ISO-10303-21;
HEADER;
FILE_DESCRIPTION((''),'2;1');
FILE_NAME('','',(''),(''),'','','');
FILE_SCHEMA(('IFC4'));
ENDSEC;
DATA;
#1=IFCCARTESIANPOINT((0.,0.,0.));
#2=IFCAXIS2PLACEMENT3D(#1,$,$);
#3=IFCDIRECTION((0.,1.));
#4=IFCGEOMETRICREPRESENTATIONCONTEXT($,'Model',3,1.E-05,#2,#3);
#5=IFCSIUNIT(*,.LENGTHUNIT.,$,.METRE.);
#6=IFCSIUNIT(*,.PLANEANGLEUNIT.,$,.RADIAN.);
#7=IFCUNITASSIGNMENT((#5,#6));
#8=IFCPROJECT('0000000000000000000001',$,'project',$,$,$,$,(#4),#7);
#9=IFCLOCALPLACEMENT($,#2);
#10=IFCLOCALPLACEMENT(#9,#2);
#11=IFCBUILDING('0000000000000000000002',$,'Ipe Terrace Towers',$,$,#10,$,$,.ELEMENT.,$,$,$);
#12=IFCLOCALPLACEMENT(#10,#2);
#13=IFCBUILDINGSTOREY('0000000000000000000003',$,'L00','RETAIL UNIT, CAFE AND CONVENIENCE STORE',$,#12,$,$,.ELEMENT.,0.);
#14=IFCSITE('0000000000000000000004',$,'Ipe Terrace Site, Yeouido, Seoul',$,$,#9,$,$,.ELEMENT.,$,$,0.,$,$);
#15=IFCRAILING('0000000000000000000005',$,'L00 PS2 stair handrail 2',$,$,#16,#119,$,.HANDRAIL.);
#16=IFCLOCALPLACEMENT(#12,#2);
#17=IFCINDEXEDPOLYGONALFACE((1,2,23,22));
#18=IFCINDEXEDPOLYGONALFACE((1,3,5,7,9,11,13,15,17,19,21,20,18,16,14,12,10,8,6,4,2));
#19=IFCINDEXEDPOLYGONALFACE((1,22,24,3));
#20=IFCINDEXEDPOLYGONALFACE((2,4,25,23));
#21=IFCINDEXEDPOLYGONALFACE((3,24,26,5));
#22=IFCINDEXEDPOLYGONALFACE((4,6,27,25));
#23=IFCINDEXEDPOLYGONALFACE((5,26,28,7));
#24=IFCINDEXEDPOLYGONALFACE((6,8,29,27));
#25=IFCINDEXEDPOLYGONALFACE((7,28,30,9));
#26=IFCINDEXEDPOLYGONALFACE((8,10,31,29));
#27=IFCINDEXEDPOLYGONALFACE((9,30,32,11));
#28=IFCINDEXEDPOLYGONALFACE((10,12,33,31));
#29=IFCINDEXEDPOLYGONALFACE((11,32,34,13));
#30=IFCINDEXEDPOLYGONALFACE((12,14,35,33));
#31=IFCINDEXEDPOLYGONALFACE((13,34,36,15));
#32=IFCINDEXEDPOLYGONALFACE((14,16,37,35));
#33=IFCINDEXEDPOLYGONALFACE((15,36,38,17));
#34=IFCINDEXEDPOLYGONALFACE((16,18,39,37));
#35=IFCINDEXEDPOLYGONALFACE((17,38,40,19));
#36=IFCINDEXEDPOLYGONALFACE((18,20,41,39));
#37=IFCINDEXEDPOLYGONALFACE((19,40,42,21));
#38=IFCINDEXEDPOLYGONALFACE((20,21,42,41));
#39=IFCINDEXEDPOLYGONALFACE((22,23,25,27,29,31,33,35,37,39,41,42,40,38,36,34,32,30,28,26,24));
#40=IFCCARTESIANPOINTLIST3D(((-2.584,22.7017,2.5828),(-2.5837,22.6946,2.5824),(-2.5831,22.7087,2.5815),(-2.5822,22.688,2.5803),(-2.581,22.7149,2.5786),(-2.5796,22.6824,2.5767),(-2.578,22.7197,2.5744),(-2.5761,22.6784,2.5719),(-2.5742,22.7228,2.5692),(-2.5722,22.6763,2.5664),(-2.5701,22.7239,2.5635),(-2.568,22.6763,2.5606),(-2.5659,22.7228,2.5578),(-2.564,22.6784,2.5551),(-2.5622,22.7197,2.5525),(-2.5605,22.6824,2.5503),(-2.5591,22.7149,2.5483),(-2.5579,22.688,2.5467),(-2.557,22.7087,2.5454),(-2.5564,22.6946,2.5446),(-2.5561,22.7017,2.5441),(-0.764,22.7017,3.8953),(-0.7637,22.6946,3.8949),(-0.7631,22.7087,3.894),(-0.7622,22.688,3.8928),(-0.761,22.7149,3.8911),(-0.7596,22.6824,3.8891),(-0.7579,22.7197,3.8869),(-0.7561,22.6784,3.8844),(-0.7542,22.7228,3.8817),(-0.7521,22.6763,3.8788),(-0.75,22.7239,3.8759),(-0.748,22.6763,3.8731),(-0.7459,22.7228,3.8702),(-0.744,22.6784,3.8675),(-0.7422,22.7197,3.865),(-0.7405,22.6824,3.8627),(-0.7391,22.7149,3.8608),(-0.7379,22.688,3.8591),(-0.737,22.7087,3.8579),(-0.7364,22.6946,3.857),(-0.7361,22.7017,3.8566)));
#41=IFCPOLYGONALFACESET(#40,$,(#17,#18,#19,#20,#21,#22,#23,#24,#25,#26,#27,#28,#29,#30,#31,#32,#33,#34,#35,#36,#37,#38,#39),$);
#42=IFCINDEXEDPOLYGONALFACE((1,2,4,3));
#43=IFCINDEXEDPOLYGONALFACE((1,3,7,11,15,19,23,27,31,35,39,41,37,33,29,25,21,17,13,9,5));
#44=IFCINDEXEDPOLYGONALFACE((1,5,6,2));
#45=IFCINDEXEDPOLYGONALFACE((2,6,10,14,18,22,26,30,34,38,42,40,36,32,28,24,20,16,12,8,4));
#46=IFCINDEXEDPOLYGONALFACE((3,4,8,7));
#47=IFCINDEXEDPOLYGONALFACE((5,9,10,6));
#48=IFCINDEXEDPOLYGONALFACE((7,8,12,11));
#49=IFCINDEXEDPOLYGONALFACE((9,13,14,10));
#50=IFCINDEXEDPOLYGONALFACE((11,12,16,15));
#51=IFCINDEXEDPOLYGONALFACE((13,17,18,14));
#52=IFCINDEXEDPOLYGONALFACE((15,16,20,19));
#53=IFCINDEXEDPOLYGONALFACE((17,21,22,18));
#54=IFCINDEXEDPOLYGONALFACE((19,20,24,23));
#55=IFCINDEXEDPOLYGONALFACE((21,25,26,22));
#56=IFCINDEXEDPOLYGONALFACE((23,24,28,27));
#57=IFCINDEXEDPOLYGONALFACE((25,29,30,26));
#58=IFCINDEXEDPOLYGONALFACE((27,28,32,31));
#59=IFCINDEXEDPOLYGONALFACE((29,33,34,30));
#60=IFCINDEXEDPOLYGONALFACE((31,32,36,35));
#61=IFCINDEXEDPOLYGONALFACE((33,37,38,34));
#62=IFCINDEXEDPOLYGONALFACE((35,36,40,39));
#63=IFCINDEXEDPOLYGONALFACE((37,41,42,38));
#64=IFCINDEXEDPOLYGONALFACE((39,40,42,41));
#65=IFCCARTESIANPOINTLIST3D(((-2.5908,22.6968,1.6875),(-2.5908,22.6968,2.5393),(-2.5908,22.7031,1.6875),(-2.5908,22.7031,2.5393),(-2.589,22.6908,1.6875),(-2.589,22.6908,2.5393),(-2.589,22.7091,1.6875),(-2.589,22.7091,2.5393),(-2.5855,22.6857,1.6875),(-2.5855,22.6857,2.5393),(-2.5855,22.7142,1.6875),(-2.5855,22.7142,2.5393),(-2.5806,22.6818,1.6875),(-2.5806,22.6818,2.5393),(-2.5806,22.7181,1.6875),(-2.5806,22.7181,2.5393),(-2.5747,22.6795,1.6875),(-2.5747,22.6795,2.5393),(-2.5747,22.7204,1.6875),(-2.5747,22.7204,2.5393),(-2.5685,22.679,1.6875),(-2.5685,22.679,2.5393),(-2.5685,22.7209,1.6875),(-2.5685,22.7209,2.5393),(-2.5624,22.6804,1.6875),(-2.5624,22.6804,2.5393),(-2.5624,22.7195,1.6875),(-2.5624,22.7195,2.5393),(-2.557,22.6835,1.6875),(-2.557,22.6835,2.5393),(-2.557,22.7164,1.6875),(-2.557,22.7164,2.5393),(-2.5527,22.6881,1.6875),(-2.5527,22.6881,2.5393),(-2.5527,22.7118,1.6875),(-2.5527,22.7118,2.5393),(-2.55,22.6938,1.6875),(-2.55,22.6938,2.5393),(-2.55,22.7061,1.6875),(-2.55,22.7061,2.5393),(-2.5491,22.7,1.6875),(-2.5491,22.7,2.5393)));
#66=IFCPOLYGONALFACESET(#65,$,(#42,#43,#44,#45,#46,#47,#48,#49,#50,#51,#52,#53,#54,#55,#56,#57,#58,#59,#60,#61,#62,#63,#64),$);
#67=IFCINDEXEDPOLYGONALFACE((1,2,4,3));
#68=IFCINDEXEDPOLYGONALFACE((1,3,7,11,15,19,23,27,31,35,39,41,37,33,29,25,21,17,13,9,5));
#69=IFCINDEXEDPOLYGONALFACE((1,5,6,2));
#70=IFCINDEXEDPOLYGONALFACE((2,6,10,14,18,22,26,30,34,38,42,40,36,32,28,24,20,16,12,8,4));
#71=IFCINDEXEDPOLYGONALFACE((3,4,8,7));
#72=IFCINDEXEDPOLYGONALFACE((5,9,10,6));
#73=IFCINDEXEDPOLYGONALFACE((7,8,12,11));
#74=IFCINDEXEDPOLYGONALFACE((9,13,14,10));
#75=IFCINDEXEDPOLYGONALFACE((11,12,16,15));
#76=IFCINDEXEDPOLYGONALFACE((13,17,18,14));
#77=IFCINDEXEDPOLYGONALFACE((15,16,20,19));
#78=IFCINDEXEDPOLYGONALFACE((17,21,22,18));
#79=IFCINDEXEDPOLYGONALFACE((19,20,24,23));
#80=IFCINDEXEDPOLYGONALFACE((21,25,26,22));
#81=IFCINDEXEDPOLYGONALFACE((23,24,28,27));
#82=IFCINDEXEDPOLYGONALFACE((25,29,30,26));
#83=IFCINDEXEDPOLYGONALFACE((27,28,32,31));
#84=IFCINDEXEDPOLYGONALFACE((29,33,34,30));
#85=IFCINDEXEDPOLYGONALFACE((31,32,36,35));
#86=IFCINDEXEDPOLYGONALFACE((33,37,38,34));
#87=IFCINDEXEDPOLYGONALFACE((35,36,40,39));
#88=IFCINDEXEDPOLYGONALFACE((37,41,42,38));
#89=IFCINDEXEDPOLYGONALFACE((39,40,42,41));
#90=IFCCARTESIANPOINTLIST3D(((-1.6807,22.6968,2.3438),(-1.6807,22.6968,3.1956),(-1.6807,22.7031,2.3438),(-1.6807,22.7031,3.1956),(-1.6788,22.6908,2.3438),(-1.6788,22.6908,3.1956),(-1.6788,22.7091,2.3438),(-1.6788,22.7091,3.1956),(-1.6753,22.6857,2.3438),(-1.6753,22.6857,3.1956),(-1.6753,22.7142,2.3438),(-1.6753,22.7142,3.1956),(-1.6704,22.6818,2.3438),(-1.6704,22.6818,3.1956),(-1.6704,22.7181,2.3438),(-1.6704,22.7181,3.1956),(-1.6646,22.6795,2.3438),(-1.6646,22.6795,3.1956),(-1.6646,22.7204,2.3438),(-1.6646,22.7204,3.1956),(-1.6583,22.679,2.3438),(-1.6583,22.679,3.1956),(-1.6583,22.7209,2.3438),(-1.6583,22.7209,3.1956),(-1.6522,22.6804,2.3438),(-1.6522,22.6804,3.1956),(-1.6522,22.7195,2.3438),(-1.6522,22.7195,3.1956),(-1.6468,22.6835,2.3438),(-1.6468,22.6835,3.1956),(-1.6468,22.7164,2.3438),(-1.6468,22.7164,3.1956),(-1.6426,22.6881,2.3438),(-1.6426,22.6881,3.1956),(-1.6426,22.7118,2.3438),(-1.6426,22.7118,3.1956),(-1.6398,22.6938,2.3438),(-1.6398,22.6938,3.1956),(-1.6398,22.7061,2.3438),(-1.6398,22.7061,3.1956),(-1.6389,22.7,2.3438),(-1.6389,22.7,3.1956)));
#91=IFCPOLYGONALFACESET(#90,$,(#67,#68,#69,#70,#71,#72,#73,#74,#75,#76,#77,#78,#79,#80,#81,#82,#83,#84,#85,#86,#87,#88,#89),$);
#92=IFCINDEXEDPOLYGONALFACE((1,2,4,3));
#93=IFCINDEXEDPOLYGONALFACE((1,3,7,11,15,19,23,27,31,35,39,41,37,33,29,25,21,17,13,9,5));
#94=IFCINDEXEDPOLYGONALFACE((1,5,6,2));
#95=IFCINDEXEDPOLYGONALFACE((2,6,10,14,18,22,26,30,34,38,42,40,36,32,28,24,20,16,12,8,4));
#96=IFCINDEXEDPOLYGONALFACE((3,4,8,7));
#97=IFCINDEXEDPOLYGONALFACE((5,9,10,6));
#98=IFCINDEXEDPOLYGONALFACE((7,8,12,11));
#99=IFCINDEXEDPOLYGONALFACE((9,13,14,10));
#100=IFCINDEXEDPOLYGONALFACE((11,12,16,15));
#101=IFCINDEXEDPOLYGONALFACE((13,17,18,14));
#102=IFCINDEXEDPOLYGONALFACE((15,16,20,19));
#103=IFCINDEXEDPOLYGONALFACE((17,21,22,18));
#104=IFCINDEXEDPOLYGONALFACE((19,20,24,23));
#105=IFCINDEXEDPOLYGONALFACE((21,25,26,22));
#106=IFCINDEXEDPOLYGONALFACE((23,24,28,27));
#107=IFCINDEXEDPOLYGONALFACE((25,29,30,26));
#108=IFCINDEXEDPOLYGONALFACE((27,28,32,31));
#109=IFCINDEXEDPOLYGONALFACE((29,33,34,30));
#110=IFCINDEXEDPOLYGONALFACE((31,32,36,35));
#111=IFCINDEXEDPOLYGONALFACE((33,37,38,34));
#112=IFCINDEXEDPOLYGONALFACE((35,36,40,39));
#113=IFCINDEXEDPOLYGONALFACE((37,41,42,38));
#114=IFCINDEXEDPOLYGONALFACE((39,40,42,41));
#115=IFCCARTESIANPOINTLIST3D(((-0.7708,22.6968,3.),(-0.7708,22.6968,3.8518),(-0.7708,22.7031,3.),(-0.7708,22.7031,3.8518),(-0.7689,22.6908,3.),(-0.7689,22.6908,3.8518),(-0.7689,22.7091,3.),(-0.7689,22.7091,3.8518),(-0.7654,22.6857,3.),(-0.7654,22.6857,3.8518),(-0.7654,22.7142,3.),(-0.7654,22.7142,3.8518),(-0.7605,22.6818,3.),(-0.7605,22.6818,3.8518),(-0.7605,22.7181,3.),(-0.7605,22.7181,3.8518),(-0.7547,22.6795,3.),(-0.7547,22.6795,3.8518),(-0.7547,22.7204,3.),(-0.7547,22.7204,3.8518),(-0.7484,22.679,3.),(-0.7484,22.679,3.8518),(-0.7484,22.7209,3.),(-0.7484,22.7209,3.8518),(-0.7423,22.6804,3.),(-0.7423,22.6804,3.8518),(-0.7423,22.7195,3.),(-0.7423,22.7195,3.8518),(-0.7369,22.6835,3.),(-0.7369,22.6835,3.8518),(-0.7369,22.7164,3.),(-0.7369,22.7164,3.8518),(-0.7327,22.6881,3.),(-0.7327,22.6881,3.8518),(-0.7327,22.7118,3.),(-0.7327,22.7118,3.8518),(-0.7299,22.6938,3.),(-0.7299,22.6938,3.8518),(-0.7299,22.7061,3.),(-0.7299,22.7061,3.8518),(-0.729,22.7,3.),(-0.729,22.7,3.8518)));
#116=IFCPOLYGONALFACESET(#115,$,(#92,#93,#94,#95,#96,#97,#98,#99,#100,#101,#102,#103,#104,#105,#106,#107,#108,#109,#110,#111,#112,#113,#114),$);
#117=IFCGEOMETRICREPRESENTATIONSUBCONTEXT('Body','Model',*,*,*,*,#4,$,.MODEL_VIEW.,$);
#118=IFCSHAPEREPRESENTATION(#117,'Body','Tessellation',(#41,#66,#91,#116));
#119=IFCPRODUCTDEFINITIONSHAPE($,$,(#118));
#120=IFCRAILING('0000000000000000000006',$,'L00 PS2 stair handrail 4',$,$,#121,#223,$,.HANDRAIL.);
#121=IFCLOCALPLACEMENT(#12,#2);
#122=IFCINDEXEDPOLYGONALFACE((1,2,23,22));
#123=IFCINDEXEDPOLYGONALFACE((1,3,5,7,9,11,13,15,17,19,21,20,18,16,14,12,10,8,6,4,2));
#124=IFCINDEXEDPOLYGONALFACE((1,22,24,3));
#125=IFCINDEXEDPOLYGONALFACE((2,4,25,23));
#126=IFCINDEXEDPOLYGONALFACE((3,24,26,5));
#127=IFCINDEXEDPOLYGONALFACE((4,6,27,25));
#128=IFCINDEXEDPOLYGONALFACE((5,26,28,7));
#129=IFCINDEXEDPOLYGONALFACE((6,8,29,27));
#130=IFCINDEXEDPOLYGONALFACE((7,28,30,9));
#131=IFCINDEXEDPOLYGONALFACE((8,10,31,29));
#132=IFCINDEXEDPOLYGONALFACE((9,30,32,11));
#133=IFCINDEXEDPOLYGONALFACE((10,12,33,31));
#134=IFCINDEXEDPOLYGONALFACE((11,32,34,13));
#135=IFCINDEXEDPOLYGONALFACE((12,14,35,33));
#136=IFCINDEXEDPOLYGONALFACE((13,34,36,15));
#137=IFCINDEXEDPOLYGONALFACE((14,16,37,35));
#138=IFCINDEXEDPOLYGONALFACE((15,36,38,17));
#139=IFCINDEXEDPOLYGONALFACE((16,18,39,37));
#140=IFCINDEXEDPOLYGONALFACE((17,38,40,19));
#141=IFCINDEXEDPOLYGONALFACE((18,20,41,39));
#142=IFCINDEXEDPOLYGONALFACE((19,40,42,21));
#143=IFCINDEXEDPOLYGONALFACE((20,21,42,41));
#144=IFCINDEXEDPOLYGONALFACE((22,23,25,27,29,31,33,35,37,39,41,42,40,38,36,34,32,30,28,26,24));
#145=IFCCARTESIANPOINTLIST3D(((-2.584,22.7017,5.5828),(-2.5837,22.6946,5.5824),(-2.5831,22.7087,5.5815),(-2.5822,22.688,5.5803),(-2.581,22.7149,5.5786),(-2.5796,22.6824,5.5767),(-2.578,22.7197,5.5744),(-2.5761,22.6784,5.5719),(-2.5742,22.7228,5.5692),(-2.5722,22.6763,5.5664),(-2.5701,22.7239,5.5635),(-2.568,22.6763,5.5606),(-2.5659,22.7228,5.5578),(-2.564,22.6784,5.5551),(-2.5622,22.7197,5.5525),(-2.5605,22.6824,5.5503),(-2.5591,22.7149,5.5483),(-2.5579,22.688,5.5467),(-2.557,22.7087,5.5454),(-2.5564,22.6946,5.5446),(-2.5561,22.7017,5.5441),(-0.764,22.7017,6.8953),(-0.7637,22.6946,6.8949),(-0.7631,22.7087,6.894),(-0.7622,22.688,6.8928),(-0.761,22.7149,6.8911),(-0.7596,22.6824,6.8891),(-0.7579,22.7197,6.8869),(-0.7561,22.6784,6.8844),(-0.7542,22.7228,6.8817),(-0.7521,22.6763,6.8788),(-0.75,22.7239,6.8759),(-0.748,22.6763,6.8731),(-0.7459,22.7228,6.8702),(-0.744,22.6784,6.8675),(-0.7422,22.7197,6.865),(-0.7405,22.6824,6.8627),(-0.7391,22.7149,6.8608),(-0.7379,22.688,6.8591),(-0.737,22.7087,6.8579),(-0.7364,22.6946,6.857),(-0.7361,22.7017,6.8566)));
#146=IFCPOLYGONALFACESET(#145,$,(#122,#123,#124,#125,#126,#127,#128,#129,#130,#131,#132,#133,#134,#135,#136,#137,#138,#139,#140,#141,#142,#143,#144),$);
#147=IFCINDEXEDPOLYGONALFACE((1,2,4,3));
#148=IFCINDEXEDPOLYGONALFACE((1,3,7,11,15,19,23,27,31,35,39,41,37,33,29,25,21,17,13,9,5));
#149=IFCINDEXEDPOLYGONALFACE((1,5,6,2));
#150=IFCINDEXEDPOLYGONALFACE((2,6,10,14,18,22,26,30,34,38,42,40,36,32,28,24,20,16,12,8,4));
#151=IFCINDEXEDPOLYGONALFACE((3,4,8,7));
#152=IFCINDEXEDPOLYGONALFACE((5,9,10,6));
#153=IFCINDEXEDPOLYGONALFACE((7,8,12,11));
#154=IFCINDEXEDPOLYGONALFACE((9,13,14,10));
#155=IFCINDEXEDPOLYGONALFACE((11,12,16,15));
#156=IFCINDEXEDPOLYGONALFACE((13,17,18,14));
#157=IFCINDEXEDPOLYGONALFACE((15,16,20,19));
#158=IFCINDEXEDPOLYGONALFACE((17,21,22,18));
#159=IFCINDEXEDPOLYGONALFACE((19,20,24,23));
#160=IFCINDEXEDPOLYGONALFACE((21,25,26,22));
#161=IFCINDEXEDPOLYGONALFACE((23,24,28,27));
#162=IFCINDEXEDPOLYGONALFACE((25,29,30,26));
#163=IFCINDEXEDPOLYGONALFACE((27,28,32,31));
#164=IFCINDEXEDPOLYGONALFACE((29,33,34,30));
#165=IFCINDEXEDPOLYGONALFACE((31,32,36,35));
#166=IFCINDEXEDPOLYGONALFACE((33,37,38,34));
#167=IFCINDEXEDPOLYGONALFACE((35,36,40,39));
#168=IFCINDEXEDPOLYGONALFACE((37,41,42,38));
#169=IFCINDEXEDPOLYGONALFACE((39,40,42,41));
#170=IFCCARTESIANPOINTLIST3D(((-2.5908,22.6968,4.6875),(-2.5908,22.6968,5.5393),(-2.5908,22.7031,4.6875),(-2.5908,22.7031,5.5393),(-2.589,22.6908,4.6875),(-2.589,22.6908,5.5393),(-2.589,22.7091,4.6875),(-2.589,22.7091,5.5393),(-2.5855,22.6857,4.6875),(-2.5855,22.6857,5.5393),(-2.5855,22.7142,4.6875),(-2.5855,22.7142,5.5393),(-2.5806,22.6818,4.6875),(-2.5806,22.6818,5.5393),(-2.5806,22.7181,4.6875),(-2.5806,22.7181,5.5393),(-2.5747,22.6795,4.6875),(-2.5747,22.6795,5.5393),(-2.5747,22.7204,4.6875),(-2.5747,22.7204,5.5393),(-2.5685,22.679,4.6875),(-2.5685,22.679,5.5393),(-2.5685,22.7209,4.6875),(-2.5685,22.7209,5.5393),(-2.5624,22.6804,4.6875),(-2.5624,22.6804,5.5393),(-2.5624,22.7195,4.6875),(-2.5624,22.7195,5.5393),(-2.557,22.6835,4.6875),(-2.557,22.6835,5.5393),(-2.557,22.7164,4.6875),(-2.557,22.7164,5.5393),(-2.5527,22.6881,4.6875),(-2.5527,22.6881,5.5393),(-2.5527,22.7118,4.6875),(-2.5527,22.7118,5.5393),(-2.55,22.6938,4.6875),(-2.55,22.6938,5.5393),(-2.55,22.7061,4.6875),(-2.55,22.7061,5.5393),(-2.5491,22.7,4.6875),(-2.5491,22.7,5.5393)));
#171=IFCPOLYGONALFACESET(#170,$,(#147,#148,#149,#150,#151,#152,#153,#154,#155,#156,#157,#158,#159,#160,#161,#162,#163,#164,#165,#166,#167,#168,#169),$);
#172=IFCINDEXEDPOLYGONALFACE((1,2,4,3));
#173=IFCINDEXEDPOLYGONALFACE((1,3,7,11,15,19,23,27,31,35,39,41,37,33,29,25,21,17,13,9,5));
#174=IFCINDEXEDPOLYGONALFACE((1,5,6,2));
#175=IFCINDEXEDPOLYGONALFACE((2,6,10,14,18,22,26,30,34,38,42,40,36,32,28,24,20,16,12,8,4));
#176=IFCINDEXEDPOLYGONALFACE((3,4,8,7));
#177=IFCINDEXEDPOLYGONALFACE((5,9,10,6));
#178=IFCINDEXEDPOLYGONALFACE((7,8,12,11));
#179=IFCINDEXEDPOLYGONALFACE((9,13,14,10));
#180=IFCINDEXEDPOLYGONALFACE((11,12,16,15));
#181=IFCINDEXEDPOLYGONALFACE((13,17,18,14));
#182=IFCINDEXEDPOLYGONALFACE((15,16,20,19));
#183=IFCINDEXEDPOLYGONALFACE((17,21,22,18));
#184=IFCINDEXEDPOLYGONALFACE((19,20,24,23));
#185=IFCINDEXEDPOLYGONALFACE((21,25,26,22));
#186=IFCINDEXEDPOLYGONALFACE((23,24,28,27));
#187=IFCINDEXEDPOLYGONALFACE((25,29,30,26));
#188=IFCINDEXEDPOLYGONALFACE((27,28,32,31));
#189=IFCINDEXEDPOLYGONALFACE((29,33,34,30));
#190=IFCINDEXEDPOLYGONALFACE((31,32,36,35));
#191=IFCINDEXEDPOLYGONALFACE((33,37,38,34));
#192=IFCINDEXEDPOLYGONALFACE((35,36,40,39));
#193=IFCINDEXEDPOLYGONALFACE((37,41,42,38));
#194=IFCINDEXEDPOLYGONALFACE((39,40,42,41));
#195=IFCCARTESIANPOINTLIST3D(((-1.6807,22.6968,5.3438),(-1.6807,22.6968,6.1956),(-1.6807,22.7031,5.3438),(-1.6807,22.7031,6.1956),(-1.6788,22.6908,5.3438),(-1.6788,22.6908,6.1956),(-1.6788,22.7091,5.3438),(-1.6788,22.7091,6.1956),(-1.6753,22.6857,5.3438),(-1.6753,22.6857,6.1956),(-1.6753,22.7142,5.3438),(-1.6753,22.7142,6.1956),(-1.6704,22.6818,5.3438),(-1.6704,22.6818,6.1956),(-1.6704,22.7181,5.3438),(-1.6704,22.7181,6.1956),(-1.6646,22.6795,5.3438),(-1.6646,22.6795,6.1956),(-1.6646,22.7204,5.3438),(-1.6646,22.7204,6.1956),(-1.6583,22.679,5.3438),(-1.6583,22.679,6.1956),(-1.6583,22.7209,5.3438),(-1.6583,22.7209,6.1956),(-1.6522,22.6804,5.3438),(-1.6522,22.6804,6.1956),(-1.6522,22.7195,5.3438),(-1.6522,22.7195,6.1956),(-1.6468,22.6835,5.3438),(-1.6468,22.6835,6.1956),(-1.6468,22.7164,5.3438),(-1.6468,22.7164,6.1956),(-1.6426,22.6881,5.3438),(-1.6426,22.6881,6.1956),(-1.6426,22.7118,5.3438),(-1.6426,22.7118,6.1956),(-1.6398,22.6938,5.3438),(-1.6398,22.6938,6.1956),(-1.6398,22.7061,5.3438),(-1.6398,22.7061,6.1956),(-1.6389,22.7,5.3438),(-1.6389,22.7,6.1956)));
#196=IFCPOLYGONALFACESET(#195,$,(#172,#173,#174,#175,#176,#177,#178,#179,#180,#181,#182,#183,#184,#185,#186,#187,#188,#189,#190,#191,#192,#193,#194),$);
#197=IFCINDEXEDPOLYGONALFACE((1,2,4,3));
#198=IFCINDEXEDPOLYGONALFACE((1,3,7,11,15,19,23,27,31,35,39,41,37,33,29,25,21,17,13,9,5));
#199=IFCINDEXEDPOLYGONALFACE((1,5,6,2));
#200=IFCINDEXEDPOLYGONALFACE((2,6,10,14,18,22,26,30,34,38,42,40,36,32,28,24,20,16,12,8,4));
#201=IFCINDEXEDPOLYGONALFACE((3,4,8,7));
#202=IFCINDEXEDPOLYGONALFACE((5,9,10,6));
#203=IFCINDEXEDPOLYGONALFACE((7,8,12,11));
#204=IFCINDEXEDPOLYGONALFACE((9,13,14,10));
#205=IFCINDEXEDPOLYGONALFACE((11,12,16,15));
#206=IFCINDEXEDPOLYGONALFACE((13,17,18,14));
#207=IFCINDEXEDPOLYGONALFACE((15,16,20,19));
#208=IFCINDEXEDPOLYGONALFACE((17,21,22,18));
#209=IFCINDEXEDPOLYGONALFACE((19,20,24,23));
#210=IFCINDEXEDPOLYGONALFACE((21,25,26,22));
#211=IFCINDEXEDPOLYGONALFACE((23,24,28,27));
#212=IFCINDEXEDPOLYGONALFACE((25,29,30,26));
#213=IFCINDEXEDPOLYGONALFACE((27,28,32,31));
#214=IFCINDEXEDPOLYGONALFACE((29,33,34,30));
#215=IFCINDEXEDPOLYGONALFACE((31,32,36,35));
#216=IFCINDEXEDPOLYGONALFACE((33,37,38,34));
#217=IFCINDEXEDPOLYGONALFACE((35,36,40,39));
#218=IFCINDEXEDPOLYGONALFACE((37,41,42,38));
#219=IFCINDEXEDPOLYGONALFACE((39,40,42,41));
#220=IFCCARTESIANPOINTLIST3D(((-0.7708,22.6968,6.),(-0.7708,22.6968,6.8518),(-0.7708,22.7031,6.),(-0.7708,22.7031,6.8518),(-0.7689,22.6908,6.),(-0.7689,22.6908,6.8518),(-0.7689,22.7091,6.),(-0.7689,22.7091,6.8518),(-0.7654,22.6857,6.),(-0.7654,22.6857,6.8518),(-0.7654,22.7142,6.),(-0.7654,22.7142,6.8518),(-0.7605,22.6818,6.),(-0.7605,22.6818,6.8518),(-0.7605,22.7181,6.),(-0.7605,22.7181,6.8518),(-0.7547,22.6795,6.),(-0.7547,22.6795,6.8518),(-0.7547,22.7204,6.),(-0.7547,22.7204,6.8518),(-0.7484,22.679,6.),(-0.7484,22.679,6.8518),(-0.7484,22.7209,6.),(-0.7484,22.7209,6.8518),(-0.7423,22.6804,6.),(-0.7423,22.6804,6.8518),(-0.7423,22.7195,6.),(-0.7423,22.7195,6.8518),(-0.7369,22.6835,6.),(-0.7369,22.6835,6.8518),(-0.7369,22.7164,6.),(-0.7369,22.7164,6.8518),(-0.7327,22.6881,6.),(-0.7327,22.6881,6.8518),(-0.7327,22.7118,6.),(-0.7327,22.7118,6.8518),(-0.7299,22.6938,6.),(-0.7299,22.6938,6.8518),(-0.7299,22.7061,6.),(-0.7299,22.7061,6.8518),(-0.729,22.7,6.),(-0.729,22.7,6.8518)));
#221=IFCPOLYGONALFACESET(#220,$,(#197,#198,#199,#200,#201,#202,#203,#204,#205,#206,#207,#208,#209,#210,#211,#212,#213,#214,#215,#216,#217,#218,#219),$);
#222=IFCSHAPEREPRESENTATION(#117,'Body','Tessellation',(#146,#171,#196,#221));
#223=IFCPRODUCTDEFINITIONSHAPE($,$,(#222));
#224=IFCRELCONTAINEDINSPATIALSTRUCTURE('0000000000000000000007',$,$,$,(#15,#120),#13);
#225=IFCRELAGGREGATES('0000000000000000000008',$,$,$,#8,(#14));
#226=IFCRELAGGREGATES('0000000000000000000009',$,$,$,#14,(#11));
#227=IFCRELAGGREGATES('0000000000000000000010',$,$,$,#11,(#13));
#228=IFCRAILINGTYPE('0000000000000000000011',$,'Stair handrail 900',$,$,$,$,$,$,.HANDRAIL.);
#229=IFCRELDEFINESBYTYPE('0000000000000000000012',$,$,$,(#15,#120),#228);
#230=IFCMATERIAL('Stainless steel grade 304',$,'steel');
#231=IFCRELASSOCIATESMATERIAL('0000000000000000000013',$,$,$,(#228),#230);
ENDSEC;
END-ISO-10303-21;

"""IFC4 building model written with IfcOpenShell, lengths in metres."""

from ifc_helpers import new_model, si_unit, direction, frame, origin, origin_2d, place, context, subcontext, project, spatial, circle, extrude, material, type_object, element, save


model = new_model("IFC4")

# Units and contexts
model_context = context("Model", 3, precision=1e-05, world=origin(), true_north=direction((0.0, 1.0)))
body_context = subcontext(model_context, "Body", "Model", "MODEL_VIEW")
ifc_project = project(units=[si_unit("LENGTHUNIT", "METRE"), si_unit("PLANEANGLEUNIT", "RADIAN")], contexts=[model_context])

# Site, building, storey
site_placement = place(None, origin())
site = spatial("IfcSite", under=ifc_project, at=site_placement, Name="Ipe Terrace Site, Yeouido, Seoul", CompositionType="ELEMENT", RefElevation=0.0)
building_placement = place(site_placement, origin())
building = spatial("IfcBuilding", under=site, at=building_placement, Name="Ipe Terrace Towers", CompositionType="ELEMENT")
storey_placement = place(building_placement, origin())
storey = spatial("IfcBuildingStorey", under=building, at=storey_placement, Name="L00", Description="RETAIL UNIT, CAFE AND CONVENIENCE STORE", CompositionType="ELEMENT", Elevation=0.0)

# Railings
ifc_material_1 = material(Name="Stainless steel grade 304", Category="steel")
railing_type_1 = type_object("IfcRailingType", Name="Stair handrail 900", PredefinedType="HANDRAIL", material=ifc_material_1)
for number, where, name in (
    (1, (-2.5701, 22.7, 1.6875), "L00 PS2 stair handrail 2"),
    (2, (-2.5701, 22.7, 4.6875), "L00 PS2 stair handrail 4"),
):
    element("IfcRailing", number, at=place(storey_placement, frame(where)), inside=storey, type_object=railing_type_1, Name=name, PredefinedType="HANDRAIL", context=body_context, shape_type="SweptSolid", body=[
        extrude(circle(Radius=0.0239, at=origin_2d()), frame((0.0, 0.0, 0.876), z_axis=(0.811101, 0.0, 0.584906), x_axis=(0.0, 1.0, 0.0)), (0.0, 0.0, 1.0), 2.2439),
        extrude(circle(Radius=0.021, at=origin_2d()), origin(), (0.0, 0.0, 1.0), 0.8518),
        extrude(circle(Radius=0.021, at=origin_2d()), frame((0.9102, 0.0, 0.6562)), (0.0, 0.0, 1.0), 0.8518),
        extrude(circle(Radius=0.021, at=origin_2d()), frame((1.8201, 0.0, 1.3125)), (0.0, 0.0, 1.0), 0.8518),
    ])

save(model, "model.ifc")
